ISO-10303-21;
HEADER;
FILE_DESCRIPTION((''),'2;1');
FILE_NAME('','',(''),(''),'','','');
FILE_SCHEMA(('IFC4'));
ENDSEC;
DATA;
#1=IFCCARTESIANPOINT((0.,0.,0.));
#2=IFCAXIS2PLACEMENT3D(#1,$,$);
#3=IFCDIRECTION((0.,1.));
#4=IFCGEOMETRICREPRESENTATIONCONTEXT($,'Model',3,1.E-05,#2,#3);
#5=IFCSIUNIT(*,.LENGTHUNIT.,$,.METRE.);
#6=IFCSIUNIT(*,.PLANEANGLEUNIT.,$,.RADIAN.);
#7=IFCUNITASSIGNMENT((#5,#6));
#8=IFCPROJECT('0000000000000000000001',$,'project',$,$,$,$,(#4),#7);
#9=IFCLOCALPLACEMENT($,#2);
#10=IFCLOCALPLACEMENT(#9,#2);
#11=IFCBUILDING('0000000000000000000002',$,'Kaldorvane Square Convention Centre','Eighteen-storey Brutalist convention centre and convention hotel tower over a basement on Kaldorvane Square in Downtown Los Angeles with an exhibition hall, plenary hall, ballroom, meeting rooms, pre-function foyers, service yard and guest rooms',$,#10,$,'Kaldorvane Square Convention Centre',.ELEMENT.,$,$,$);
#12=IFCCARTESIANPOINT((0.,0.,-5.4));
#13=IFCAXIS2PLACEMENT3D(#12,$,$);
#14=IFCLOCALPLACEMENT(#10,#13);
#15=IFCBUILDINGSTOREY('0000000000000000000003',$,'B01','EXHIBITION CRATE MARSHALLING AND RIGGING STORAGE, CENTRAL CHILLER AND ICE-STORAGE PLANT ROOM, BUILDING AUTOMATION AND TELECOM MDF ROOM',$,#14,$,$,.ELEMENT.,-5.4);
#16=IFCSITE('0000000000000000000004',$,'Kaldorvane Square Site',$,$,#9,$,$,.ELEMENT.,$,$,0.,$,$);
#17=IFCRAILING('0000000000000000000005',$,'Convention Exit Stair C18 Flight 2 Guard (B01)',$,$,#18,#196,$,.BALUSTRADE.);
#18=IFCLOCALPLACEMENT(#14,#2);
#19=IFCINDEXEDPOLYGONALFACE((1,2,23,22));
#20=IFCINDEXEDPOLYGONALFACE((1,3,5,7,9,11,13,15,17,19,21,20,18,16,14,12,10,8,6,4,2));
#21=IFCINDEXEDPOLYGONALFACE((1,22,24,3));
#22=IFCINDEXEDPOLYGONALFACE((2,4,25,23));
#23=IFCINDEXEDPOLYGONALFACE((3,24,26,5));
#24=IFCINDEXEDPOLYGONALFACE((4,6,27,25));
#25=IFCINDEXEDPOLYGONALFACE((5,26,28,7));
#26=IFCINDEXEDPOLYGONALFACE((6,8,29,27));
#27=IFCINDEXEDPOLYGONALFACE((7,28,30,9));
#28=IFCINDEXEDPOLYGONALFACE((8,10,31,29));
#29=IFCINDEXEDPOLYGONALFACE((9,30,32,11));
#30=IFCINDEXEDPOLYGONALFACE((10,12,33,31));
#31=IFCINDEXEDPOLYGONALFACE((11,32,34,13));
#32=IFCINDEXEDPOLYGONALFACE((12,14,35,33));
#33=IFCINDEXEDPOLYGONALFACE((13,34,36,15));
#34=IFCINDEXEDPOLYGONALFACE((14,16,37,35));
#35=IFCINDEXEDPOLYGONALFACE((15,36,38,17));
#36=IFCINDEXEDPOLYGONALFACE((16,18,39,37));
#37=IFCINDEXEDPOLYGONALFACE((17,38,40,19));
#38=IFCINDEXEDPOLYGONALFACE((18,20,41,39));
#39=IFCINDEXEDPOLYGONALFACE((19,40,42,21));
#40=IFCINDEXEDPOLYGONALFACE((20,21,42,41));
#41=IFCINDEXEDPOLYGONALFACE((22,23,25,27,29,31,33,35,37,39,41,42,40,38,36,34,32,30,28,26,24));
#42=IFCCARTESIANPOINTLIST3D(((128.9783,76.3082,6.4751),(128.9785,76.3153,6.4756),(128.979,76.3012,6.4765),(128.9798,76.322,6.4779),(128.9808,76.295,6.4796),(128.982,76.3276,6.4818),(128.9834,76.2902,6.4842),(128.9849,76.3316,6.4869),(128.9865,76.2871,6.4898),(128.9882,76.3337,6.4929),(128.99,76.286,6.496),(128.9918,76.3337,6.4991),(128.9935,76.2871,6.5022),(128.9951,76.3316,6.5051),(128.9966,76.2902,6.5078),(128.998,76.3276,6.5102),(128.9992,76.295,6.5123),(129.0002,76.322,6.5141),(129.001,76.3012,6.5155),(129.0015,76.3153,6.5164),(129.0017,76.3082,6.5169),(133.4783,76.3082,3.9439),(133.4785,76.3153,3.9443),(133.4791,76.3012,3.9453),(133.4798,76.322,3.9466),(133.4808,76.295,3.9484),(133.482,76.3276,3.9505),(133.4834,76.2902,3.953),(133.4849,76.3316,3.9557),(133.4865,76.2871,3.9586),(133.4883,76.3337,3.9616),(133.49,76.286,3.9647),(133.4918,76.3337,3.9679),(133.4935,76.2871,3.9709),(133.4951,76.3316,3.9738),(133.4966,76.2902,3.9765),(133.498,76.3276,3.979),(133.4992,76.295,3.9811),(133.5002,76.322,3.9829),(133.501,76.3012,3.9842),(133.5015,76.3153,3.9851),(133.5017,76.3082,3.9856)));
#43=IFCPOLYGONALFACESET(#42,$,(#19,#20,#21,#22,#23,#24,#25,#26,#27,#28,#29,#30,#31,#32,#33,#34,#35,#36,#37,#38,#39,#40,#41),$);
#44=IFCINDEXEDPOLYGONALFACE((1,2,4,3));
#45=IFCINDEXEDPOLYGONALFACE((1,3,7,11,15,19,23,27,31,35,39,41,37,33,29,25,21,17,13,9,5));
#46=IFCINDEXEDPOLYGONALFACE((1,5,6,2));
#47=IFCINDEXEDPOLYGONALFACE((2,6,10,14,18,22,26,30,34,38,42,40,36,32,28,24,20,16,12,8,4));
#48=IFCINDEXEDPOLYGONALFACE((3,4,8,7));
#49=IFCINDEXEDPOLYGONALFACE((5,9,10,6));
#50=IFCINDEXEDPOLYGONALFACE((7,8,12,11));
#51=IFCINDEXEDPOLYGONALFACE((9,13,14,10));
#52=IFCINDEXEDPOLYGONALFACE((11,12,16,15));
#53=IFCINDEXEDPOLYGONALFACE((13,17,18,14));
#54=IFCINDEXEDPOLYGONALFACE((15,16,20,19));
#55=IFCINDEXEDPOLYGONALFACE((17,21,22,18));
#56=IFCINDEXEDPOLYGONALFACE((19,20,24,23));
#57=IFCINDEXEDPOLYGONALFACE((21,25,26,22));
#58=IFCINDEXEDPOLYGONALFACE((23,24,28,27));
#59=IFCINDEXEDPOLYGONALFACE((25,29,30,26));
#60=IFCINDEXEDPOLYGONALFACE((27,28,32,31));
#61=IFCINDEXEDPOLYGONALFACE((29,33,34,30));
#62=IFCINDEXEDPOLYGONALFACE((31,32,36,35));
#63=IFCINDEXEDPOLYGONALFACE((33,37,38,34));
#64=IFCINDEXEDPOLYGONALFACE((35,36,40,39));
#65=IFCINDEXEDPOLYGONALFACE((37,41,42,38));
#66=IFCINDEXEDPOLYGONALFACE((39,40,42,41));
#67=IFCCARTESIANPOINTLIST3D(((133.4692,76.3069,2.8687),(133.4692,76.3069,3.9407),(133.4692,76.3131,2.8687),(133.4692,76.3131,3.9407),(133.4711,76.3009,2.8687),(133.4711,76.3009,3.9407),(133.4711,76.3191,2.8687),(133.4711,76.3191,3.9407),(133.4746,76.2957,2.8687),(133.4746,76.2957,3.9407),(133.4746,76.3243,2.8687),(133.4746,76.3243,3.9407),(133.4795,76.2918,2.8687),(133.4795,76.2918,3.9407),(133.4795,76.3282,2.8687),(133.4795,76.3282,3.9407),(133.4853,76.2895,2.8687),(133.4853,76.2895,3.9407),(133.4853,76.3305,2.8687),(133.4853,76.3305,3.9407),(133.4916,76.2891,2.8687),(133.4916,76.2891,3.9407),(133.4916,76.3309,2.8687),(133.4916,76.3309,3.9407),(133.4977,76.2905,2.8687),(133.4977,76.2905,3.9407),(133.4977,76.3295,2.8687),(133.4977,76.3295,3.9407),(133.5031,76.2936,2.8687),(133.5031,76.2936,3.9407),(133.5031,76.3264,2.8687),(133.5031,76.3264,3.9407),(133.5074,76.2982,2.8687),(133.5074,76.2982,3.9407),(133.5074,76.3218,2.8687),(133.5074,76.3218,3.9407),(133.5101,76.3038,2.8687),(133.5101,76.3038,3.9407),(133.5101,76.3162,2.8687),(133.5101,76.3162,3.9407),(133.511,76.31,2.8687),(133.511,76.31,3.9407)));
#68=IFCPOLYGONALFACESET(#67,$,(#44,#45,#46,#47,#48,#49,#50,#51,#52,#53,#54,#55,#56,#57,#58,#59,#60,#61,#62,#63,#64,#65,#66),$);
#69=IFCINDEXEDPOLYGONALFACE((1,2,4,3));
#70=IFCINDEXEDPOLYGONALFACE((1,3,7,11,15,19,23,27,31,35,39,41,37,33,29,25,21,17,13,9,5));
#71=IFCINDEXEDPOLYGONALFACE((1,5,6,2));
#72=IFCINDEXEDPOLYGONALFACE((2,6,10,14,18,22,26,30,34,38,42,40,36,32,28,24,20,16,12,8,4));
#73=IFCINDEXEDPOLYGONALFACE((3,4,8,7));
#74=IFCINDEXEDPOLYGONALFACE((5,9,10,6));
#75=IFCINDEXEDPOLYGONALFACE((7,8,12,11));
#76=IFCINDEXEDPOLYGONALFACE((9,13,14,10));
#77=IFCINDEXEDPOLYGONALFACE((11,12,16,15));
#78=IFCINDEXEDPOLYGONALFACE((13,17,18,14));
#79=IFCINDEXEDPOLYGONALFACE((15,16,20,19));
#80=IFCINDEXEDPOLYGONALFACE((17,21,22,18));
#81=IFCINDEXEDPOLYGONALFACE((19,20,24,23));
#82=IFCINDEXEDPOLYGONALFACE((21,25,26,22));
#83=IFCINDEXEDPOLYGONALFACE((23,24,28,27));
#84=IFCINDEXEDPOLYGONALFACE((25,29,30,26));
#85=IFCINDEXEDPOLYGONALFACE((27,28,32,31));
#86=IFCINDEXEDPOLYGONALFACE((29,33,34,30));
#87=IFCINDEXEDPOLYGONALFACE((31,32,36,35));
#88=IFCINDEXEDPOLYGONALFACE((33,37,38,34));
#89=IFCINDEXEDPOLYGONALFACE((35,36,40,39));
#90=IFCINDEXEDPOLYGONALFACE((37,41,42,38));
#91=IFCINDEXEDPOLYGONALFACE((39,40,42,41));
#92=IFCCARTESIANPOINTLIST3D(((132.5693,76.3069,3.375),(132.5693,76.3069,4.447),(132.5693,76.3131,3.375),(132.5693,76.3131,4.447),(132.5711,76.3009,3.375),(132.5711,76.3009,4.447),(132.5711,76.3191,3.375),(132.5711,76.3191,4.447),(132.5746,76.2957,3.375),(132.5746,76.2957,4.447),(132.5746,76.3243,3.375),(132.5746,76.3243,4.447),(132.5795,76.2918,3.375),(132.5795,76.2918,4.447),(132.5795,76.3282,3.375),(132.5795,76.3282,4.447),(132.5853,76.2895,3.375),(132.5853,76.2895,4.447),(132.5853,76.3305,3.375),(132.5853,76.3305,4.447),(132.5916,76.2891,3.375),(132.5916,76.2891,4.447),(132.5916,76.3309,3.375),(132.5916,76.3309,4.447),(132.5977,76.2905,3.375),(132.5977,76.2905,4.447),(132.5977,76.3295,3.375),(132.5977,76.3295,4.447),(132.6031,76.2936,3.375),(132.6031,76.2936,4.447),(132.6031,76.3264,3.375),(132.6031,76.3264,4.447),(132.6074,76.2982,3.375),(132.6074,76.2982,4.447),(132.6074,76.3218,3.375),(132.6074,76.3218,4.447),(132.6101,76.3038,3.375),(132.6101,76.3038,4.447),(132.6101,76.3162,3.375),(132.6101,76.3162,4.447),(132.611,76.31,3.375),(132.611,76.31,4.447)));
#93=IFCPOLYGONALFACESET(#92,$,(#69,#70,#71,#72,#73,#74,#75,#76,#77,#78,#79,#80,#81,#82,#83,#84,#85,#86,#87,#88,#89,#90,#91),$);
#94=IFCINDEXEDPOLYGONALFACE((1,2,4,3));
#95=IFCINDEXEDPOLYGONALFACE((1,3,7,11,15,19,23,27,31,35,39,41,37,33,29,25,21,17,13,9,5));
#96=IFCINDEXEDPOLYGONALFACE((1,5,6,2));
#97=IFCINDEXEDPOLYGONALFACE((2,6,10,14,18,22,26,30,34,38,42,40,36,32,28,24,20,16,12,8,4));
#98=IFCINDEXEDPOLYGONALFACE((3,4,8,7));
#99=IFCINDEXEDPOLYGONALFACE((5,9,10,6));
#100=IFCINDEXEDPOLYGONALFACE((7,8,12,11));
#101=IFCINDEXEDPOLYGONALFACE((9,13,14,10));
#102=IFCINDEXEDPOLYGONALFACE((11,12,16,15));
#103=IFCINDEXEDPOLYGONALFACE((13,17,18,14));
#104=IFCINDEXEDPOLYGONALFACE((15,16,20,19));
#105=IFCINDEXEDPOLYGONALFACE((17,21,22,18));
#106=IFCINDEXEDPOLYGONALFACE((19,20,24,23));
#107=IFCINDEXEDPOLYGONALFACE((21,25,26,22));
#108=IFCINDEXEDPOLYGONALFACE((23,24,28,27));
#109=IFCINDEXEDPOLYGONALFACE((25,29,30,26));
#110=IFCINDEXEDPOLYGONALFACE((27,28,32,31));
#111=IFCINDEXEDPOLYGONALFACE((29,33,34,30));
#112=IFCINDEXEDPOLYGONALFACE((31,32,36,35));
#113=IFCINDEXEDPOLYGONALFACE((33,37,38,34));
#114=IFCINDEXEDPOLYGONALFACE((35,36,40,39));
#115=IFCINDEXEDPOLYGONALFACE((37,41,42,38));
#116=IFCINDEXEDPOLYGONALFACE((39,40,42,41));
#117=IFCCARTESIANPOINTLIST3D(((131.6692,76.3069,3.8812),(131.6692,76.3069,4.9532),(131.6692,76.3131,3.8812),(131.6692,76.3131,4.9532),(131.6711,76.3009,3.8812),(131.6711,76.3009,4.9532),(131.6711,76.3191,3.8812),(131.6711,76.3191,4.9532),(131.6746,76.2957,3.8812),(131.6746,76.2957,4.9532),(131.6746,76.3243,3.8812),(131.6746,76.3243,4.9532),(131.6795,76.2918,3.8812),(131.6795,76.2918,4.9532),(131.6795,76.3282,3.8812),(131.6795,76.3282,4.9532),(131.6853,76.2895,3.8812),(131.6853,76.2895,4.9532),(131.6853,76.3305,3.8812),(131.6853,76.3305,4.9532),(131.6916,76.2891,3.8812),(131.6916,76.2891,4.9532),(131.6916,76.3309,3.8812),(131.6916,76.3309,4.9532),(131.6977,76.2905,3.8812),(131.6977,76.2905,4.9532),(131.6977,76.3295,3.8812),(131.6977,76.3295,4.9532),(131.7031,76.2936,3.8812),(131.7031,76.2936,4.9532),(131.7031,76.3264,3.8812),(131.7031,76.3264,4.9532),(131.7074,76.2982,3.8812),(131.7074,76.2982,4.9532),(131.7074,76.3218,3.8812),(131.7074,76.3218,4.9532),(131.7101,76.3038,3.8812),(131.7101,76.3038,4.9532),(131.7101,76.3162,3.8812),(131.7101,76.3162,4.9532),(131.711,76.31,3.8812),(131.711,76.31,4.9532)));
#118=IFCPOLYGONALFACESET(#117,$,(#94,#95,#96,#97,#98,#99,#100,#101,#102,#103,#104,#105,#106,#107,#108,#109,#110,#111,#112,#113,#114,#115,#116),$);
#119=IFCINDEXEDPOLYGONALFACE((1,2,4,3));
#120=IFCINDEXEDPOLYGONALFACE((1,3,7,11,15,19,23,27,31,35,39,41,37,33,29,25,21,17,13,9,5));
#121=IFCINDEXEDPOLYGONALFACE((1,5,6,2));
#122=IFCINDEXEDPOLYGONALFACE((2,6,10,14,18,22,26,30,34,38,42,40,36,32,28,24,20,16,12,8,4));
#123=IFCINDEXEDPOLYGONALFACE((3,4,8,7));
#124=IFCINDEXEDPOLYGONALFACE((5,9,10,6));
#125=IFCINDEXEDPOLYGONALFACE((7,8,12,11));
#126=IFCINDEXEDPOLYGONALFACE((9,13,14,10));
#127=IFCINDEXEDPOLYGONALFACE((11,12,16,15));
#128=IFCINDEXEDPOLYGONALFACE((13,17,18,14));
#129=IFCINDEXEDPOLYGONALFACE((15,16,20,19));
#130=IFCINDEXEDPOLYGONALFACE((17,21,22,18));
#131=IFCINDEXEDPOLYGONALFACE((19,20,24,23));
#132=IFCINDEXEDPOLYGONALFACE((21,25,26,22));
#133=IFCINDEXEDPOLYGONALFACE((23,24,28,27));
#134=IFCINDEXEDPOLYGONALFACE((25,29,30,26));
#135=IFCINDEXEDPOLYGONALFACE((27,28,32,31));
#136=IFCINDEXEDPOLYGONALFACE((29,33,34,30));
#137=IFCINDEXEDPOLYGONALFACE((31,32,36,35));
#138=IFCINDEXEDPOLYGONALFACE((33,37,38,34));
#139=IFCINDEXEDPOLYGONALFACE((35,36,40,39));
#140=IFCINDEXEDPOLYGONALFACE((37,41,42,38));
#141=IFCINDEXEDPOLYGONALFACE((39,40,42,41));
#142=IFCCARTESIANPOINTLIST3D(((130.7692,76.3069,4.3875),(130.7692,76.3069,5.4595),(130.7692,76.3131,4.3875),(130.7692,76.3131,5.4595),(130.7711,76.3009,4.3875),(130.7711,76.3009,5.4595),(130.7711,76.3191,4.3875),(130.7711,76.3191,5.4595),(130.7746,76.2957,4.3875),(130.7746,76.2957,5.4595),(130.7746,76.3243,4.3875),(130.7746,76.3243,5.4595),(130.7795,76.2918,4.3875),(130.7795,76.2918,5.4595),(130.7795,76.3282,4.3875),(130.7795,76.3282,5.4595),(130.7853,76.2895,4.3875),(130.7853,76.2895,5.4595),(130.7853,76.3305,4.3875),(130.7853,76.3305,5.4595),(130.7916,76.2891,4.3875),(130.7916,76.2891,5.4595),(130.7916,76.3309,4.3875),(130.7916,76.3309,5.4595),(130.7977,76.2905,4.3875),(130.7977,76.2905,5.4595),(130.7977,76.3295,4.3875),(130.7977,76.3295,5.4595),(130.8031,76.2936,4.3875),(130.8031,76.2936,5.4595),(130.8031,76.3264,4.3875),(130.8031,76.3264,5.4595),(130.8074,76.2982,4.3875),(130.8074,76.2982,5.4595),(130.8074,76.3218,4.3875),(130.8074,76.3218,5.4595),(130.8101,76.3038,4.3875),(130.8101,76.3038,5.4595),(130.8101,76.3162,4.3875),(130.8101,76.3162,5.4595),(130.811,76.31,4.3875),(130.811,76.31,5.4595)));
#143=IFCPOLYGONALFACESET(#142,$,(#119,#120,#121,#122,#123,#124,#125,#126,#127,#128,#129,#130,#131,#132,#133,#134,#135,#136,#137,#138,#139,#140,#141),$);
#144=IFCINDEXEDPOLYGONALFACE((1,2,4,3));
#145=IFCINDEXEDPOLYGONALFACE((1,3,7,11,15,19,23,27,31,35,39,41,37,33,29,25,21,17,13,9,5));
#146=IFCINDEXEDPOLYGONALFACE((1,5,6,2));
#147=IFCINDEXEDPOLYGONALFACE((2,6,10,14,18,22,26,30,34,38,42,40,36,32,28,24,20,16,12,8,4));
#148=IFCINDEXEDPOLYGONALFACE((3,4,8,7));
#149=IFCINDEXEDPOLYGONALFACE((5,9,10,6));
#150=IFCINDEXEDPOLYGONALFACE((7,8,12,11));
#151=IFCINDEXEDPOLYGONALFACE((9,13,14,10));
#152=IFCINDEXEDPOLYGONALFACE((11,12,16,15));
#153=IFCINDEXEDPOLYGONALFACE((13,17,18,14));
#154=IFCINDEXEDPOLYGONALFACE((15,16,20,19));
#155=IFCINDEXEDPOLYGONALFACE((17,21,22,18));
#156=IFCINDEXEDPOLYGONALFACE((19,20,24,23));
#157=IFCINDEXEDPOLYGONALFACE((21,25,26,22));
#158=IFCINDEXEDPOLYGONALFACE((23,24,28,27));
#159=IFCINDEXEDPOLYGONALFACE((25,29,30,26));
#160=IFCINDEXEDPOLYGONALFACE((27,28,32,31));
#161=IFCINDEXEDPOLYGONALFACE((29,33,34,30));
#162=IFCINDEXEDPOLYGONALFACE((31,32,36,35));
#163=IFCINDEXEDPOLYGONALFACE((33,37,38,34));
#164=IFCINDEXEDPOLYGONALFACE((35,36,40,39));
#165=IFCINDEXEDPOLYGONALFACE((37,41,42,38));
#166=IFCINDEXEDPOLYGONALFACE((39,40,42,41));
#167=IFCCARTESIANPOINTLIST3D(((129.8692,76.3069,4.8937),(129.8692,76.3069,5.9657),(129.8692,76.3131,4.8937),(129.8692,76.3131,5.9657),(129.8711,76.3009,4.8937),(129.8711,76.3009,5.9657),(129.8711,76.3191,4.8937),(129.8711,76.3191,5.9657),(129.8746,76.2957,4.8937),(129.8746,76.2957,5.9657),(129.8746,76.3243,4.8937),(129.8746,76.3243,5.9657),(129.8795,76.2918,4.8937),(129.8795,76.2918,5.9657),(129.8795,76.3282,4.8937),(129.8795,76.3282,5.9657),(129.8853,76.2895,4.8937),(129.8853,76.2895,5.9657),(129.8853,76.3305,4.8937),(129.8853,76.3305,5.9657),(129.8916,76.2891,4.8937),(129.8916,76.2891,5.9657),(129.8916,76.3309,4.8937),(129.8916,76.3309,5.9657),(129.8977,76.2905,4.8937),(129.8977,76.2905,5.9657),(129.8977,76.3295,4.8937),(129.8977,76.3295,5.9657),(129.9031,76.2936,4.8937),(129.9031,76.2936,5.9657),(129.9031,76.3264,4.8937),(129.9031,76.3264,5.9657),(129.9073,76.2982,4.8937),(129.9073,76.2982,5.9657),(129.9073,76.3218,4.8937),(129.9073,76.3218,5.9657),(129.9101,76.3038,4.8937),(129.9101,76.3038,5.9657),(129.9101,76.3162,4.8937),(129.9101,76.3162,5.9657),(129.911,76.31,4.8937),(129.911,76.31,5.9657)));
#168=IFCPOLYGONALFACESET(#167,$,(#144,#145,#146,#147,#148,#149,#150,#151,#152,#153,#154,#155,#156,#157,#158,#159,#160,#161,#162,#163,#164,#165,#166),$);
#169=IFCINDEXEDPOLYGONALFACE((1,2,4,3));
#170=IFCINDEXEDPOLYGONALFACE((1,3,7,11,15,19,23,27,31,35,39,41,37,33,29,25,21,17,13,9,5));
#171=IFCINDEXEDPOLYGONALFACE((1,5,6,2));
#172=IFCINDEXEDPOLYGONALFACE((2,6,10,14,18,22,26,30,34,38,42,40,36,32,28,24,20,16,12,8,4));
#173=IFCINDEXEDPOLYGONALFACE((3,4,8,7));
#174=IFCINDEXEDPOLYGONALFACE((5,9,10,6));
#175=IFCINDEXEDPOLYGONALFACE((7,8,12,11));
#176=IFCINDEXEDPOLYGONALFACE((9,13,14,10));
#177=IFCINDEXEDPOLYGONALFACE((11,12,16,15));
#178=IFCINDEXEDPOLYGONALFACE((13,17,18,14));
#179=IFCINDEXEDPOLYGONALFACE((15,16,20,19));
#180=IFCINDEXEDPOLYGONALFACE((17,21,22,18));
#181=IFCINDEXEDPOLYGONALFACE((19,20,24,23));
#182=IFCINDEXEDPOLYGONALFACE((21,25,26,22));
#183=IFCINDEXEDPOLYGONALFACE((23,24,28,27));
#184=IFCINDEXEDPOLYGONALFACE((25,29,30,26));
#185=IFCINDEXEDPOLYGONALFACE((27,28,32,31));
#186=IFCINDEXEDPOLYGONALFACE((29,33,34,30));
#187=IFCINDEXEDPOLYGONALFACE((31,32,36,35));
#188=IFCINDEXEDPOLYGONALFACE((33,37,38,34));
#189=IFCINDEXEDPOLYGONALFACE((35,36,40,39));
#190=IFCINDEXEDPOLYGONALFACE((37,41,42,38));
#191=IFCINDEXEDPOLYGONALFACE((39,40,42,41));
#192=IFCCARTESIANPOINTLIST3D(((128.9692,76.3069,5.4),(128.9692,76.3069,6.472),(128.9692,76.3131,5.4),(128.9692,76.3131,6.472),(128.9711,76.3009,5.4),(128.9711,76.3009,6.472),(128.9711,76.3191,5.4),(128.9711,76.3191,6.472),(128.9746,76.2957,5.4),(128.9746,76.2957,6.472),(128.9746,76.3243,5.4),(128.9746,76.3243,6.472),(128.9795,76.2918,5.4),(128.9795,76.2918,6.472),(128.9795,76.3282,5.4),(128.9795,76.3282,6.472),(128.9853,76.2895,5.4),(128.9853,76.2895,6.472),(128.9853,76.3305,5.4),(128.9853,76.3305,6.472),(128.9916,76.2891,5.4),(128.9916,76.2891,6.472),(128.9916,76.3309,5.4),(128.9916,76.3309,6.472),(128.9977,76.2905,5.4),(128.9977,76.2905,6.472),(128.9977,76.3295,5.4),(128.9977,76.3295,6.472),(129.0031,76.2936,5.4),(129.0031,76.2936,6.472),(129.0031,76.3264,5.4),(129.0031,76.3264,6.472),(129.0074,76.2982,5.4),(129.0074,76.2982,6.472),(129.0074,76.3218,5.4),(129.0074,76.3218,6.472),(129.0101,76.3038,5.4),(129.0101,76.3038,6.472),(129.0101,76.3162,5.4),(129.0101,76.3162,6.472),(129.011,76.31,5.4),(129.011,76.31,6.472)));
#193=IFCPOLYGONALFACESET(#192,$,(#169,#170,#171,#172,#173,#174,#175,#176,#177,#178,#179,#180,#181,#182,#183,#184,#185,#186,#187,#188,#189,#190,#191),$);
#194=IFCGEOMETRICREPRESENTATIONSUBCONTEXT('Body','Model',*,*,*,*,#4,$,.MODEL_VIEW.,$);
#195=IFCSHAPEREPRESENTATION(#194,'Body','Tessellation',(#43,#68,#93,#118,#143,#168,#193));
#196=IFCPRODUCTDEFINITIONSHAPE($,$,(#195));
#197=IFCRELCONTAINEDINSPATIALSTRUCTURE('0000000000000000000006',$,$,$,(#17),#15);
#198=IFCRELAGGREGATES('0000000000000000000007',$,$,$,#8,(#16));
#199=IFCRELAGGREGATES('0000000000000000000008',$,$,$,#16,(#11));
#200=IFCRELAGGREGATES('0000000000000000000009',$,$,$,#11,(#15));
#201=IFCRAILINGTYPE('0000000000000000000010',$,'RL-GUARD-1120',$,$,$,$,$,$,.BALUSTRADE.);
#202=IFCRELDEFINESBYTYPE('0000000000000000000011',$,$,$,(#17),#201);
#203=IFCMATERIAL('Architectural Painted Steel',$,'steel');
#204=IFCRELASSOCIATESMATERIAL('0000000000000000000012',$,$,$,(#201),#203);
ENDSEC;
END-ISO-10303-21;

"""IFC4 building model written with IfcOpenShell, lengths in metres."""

from ifc_helpers import new_model, si_unit, direction, frame, origin, origin_2d, place, context, subcontext, project, spatial, circle, extrude, material, type_object, element, save


model = new_model("IFC4")

# Units and contexts
model_context = context("Model", 3, precision=1e-05, world=origin(), true_north=direction((0.0, 1.0)))
body_context = subcontext(model_context, "Body", "Model", "MODEL_VIEW")
ifc_project = project(units=[si_unit("LENGTHUNIT", "METRE"), si_unit("PLANEANGLEUNIT", "RADIAN")], contexts=[model_context])

# Site, building, storey
site_placement = place(None, origin())
site = spatial("IfcSite", under=ifc_project, at=site_placement, Name="Kaldorvane Square Site", CompositionType="ELEMENT", RefElevation=0.0)
building_placement = place(site_placement, origin())
building = spatial("IfcBuilding", under=site, at=building_placement, Name="Kaldorvane Square Convention Centre", Description="Eighteen-storey Brutalist convention centre and convention hotel tower over a basement on Kaldorvane Square in Downtown Los Angeles with an exhibition hall, plenary hall, ballroom, meeting rooms, pre-function foyers, service yard and guest rooms", LongName="Kaldorvane Square Convention Centre", CompositionType="ELEMENT")
storey_placement = place(building_placement, frame((0.0, 0.0, -5.4)))
storey = spatial("IfcBuildingStorey", under=building, at=storey_placement, Name="B01", Description="EXHIBITION CRATE MARSHALLING AND RIGGING STORAGE, CENTRAL CHILLER AND ICE-STORAGE PLANT ROOM, BUILDING AUTOMATION AND TELECOM MDF ROOM", CompositionType="ELEMENT", Elevation=-5.4)

# Railing
ifc_material_1 = material(Name="Architectural Painted Steel", Category="steel")
railing_type_1 = type_object("IfcRailingType", Name="RL-GUARD-1120", PredefinedType="BALUSTRADE", material=ifc_material_1)
railing_1_placement = place(storey_placement, frame((133.49, 76.31, 2.8687)))
element("IfcRailing", 1, at=railing_1_placement, inside=storey, type_object=railing_type_1, Name="Convention Exit Stair C18 Flight 2 Guard (B01)", PredefinedType="BALUSTRADE", context=body_context, shape_type="SweptSolid", body=[
    extrude(circle(Radius=0.024, at=origin_2d()), frame((0.0, 0.0, 1.096), z_axis=(-0.871576, 0.0, 0.490261), x_axis=(0.0, -1.0, 0.0)), (0.0, 0.0, 1.0), 5.1631),
    extrude(circle(Radius=0.021, at=origin_2d()), origin(), (0.0, 0.0, 1.0), 1.072),
    extrude(circle(Radius=0.021, at=origin_2d()), frame((-0.9, 0.0, 0.5063)), (0.0, 0.0, 1.0), 1.072),
    extrude(circle(Radius=0.021, at=origin_2d()), frame((-1.8, 0.0, 1.0125)), (0.0, 0.0, 1.0), 1.072),
    extrude(circle(Radius=0.021, at=origin_2d()), frame((-2.7, 0.0, 1.5188)), (0.0, 0.0, 1.0), 1.072),
    extrude(circle(Radius=0.021, at=origin_2d()), frame((-3.6, 0.0, 2.025)), (0.0, 0.0, 1.0), 1.072),
    extrude(circle(Radius=0.021, at=origin_2d()), frame((-4.5, 0.0, 2.5312)), (0.0, 0.0, 1.0), 1.072),
])

save(model, "model.ifc")
